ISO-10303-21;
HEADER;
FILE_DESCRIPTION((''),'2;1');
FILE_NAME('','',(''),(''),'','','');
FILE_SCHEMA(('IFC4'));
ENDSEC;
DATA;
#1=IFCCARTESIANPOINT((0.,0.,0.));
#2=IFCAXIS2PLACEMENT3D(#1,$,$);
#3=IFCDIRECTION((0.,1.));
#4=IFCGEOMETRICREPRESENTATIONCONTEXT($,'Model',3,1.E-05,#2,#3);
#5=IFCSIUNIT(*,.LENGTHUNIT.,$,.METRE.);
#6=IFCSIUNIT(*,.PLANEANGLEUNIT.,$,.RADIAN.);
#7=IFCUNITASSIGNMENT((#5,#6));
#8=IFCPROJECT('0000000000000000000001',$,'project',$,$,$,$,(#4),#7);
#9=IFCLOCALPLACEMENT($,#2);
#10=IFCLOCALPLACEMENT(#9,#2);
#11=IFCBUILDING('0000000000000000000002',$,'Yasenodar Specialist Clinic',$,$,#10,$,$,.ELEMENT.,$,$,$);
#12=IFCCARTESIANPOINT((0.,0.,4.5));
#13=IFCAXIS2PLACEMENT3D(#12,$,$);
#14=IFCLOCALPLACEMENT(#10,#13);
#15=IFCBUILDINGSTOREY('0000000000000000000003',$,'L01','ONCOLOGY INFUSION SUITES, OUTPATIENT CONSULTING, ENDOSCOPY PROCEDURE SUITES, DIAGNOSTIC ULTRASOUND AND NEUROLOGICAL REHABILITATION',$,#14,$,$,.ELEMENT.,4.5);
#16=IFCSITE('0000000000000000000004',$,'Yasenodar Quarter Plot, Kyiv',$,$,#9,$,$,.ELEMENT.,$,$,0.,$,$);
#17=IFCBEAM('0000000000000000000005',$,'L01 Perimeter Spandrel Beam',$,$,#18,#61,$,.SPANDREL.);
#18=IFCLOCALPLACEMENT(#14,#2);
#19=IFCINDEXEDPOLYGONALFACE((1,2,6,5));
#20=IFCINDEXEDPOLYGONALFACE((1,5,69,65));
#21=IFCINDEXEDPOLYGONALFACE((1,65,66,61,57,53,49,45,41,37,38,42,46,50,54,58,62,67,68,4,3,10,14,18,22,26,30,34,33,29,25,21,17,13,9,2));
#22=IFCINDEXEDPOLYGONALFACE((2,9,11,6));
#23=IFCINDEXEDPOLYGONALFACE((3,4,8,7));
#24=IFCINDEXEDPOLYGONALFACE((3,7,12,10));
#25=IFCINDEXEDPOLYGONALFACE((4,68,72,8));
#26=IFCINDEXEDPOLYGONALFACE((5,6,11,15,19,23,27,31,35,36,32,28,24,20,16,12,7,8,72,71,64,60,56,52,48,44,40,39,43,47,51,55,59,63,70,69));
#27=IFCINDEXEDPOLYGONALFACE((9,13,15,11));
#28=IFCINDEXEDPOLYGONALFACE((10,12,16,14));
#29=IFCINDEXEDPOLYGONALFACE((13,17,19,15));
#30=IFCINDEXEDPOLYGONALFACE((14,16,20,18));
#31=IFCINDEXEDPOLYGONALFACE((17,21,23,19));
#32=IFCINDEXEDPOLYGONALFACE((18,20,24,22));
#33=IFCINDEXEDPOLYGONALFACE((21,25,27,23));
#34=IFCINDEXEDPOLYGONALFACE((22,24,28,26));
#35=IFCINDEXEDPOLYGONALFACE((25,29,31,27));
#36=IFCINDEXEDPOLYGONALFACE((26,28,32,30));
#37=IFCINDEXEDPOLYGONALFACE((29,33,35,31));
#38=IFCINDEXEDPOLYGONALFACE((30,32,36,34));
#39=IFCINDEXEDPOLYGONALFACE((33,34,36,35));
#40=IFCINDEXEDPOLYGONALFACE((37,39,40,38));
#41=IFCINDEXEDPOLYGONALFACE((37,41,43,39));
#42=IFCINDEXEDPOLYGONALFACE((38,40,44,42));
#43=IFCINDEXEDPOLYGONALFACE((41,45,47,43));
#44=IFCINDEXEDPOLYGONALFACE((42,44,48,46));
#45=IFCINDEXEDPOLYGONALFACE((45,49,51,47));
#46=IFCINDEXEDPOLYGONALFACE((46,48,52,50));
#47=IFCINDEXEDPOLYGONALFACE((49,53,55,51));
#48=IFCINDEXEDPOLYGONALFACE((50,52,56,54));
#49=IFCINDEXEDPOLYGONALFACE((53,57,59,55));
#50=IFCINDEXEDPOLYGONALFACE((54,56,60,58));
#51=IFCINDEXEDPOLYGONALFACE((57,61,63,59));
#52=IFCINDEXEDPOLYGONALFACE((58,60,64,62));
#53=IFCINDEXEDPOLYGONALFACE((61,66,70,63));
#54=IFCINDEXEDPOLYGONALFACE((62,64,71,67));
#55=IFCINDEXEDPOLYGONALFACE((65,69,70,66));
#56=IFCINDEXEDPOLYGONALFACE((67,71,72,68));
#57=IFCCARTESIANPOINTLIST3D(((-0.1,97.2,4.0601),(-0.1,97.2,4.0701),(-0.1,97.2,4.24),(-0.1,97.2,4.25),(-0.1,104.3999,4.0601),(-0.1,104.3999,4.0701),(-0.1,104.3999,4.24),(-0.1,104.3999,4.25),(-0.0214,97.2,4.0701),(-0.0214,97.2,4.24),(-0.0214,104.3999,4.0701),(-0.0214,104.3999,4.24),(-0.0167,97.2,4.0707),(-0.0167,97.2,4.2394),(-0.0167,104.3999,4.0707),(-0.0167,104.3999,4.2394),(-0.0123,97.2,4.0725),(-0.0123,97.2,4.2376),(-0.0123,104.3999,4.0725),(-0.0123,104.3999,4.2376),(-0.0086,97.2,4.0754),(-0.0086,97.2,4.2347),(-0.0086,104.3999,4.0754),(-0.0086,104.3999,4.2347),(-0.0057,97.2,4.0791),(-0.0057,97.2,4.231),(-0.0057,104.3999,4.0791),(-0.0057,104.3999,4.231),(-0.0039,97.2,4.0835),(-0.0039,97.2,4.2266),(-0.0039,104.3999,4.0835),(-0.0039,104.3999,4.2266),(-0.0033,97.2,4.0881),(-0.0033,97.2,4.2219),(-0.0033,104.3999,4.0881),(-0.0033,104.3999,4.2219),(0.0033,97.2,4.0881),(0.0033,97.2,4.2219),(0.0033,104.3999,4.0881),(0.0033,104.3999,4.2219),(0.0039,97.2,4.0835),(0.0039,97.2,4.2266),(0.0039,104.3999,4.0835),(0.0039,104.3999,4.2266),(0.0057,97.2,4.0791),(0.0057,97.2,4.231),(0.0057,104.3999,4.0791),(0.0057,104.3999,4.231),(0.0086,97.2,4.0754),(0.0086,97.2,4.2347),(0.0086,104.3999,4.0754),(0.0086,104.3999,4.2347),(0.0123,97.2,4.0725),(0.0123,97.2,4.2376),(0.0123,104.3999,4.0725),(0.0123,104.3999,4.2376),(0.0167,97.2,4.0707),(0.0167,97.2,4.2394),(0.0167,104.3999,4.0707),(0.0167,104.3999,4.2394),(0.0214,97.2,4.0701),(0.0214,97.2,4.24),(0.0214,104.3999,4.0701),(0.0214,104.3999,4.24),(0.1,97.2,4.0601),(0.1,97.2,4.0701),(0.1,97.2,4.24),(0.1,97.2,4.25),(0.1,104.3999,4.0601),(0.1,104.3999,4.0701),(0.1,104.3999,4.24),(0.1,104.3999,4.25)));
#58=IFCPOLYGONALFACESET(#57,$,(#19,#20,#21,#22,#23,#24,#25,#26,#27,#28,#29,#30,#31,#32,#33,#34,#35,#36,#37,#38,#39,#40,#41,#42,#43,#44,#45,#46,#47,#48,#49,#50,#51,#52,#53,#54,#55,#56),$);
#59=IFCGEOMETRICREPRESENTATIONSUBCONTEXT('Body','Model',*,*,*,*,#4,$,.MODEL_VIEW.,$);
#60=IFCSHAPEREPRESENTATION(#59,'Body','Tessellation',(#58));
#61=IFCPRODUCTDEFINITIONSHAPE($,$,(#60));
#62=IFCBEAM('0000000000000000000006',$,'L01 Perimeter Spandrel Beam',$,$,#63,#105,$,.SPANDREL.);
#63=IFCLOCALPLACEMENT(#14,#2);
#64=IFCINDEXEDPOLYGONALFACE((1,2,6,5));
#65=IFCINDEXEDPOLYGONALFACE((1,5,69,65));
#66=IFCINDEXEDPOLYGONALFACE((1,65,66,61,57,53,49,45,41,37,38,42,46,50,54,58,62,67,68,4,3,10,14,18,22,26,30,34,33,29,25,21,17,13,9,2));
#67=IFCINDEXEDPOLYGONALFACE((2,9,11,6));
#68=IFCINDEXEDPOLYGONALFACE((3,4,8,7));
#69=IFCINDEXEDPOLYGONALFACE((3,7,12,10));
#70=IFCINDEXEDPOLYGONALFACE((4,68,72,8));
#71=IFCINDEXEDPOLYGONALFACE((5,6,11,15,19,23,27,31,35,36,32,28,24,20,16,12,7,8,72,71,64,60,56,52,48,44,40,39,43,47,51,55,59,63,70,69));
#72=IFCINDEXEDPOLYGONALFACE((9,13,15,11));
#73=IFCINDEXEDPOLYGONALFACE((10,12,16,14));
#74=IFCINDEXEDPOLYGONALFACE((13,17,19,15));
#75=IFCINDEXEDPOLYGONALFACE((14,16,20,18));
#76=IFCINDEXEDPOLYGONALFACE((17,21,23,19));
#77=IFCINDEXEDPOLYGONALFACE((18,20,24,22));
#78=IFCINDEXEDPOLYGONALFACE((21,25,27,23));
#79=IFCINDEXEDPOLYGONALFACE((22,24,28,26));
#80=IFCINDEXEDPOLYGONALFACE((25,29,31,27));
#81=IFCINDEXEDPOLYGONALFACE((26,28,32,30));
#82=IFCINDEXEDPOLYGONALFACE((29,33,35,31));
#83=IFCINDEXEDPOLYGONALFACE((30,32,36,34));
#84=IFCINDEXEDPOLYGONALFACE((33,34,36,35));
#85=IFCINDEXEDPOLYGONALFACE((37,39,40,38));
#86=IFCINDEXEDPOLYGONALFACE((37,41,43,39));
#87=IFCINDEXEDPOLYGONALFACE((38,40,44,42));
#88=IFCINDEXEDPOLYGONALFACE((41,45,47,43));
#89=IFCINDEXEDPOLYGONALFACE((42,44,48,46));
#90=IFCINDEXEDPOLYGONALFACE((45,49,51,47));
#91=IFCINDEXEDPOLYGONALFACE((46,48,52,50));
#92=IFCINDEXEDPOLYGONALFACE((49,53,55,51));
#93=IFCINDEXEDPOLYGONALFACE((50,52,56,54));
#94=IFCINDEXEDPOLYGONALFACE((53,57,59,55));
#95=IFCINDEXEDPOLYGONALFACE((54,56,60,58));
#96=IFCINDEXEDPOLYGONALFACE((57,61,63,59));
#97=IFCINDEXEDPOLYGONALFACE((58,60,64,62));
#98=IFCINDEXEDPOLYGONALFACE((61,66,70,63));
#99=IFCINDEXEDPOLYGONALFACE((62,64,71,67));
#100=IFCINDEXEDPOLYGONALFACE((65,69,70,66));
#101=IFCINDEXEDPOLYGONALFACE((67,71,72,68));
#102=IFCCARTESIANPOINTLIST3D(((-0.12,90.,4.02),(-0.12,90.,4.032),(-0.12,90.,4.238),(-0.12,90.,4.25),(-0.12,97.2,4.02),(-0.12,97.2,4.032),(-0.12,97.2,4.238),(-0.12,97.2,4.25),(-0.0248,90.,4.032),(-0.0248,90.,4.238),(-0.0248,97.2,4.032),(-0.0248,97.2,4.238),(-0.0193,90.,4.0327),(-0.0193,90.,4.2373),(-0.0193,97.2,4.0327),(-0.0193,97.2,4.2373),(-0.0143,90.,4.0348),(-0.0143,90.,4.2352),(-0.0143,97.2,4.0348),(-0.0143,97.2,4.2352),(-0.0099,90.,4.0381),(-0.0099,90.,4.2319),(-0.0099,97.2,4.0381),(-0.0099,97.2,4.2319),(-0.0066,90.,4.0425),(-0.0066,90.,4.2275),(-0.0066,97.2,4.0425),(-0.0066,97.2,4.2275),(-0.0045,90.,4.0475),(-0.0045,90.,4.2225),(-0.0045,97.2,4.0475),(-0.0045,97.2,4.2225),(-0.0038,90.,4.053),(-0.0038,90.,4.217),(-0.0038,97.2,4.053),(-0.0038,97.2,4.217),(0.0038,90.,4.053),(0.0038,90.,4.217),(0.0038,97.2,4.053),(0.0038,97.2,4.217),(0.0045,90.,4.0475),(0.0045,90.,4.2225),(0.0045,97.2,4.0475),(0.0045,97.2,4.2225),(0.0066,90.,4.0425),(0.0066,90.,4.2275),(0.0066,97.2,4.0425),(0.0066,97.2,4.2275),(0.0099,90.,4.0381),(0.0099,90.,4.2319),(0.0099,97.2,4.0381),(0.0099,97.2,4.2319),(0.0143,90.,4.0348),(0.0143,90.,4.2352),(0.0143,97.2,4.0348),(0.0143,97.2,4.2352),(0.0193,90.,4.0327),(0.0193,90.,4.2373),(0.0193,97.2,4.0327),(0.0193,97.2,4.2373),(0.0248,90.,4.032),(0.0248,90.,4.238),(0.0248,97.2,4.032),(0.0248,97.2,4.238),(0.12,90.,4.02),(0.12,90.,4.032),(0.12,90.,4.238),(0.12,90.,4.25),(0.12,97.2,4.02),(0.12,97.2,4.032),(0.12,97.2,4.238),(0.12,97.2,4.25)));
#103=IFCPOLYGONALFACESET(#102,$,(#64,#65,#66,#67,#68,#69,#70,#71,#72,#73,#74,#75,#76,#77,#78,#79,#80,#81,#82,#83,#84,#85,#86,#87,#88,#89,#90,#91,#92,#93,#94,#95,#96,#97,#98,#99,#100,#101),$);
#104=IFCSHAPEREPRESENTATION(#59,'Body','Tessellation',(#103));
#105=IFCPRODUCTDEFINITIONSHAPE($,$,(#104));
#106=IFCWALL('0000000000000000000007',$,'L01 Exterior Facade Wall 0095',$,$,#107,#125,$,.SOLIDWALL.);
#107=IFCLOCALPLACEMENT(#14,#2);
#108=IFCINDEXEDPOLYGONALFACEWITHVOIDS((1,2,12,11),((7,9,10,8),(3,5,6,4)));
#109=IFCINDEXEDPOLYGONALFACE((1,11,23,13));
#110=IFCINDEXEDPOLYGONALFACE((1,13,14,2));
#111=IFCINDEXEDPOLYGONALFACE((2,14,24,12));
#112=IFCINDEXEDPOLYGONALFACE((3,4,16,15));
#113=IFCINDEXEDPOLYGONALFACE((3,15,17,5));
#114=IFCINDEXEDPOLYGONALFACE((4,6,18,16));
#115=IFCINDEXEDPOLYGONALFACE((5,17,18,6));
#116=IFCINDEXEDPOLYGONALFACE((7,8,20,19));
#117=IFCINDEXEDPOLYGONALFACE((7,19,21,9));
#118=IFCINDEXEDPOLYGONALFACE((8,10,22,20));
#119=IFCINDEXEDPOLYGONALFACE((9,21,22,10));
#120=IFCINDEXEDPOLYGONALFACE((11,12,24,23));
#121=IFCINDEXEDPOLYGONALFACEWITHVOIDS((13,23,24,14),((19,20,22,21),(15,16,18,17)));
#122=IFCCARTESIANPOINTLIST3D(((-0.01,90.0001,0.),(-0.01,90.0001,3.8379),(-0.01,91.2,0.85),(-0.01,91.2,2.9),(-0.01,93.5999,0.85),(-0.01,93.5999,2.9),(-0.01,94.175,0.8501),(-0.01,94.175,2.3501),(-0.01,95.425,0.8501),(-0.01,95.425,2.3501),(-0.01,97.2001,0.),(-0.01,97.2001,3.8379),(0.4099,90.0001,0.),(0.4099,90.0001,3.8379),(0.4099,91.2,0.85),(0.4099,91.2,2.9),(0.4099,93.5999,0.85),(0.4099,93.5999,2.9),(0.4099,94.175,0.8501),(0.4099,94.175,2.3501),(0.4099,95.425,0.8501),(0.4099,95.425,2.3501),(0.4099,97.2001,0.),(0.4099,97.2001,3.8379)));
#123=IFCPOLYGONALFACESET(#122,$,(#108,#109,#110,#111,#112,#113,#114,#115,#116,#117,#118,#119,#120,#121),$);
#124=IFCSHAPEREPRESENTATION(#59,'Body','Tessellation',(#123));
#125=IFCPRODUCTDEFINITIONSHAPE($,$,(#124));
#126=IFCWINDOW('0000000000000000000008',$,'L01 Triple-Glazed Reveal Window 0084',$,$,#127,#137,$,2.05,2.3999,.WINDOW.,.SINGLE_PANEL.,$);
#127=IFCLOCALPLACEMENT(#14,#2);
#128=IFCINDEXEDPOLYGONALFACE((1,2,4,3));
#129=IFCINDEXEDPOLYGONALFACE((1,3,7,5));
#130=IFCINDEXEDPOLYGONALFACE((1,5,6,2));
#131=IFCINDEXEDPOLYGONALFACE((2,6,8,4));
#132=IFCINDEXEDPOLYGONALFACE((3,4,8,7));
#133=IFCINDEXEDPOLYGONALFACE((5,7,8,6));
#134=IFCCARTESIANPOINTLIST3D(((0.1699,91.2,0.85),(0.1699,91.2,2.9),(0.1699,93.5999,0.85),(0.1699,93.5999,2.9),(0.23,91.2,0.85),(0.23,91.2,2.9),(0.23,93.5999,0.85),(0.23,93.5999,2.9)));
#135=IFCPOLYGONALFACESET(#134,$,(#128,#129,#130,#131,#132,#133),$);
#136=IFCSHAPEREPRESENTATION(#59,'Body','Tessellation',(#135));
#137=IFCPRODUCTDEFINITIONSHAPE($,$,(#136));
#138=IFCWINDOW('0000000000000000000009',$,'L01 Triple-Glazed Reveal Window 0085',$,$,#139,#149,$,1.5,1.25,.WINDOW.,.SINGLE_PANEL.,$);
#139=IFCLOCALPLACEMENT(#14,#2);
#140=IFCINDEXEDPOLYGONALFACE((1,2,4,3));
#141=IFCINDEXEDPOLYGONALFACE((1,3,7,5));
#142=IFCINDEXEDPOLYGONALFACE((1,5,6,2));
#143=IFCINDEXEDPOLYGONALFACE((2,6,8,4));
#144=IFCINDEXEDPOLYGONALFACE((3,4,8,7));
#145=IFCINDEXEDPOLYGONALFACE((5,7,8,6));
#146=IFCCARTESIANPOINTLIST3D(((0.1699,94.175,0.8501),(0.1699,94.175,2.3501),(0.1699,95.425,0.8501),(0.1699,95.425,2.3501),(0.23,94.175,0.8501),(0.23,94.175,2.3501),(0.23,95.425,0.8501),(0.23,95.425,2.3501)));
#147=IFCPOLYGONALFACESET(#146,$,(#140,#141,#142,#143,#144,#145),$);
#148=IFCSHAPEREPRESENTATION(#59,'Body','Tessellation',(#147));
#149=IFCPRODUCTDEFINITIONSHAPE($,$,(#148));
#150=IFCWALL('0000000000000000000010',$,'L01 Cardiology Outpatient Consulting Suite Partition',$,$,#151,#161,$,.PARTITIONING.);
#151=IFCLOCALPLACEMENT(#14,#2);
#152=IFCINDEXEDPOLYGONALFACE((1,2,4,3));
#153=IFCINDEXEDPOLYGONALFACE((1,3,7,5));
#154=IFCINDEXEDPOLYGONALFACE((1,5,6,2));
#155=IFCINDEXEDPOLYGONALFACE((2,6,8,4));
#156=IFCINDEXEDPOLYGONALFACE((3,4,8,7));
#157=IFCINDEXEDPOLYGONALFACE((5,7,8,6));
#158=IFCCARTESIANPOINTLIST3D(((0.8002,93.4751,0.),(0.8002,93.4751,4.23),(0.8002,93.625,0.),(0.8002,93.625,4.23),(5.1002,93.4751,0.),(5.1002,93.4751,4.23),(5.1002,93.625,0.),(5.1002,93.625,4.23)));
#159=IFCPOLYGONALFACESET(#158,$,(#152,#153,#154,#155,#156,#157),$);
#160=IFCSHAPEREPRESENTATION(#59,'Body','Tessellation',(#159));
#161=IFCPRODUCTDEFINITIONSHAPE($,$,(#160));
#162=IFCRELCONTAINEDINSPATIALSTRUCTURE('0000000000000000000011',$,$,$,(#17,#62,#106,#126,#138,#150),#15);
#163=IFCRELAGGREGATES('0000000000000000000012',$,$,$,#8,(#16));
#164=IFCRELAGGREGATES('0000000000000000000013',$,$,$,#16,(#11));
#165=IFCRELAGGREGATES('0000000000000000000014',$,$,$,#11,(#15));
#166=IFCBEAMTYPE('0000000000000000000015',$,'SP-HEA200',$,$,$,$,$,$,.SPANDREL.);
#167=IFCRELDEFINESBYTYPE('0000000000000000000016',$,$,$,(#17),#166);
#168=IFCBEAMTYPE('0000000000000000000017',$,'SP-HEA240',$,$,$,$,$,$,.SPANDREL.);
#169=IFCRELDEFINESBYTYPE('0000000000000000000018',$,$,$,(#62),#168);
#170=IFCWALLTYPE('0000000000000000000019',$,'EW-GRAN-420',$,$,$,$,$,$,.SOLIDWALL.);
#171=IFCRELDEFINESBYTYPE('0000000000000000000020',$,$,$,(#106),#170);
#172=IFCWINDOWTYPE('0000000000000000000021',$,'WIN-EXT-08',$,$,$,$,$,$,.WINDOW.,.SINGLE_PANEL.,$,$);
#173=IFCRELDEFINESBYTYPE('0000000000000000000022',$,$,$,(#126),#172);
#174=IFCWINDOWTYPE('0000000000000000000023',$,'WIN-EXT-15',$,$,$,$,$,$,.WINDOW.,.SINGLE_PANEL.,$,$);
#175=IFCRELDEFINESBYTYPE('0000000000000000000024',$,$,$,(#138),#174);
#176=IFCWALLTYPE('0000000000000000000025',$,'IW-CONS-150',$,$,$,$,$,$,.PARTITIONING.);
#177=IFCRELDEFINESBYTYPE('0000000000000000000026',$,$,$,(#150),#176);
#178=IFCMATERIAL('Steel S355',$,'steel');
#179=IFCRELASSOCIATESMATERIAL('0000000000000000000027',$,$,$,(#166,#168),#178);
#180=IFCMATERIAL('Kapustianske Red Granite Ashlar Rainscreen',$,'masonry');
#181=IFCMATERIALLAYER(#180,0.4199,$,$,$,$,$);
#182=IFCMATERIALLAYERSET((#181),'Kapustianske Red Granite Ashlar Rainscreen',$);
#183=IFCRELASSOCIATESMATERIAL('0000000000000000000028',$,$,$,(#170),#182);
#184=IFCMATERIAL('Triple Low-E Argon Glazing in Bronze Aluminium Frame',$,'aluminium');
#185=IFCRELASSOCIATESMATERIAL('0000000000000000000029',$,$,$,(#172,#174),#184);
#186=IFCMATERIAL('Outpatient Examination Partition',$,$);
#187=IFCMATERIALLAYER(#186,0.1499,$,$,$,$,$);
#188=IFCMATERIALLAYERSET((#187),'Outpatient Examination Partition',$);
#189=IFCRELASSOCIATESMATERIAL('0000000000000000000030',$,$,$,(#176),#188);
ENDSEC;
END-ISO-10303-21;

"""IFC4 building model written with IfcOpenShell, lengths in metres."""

from ifc_helpers import new_model, si_unit, direction, frame, frame_2d, origin, origin_2d, place, context, subcontext, project, spatial, rectangle, i_section, extrude, material, layer, layer_set, material_profile, profile_set, type_object, element, fill, save


model = new_model("IFC4")

# Units and contexts
model_context = context("Model", 3, precision=1e-05, world=origin(), true_north=direction((0.0, 1.0)))
body_context = subcontext(model_context, "Body", "Model", "MODEL_VIEW")
ifc_project = project(units=[si_unit("LENGTHUNIT", "METRE"), si_unit("PLANEANGLEUNIT", "RADIAN")], contexts=[model_context])

# Site, building, storey
site_placement = place(None, origin())
site = spatial("IfcSite", under=ifc_project, at=site_placement, Name="Yasenodar Quarter Plot, Kyiv", CompositionType="ELEMENT", RefElevation=0.0)
building_placement = place(site_placement, origin())
building = spatial("IfcBuilding", under=site, at=building_placement, Name="Yasenodar Specialist Clinic", CompositionType="ELEMENT")
storey_placement = place(building_placement, frame((0.0, 0.0, 4.5)))
storey = spatial("IfcBuildingStorey", under=building, at=storey_placement, Name="L01", Description="ONCOLOGY INFUSION SUITES, OUTPATIENT CONSULTING, ENDOSCOPY PROCEDURE SUITES, DIAGNOSTIC ULTRASOUND AND NEUROLOGICAL REHABILITATION", CompositionType="ELEMENT", Elevation=4.5)

# Shared definitions
ifc_material_1 = material(Name="Steel S355", Category="steel")

# Beams
ifc_material_profile_1 = material_profile(ifc_material_1, i_section(OverallWidth=0.2, OverallDepth=0.1899, WebThickness=0.0066, FlangeThickness=0.01, FilletRadius=0.0181, at=origin_2d()), Name="HEA 200")
ifc_profile_set_1 = profile_set([ifc_material_profile_1], Name="Steel S355")
beam_type_1 = type_object("IfcBeamType", Name="SP-HEA200", PredefinedType="SPANDREL", material=ifc_profile_set_1)
beam_1_placement = place(storey_placement, frame((0.0, 97.2, 4.155), z_axis=(0.0, 1.0, 0.0), x_axis=(-1.0, 0.0, 0.0)))
element("IfcBeam", 1, at=beam_1_placement, inside=storey, type_object=beam_type_1, Name="L01 Perimeter Spandrel Beam", PredefinedType="SPANDREL", context=body_context, shape_type="SweptSolid", body=[
    extrude(i_section(OverallWidth=0.2, OverallDepth=0.1899, WebThickness=0.0066, FlangeThickness=0.01, FilletRadius=0.0181, at=origin_2d()), origin(), (0.0, 0.0, 1.0), 7.2),
])
ifc_material_profile_2 = material_profile(ifc_material_1, i_section(OverallWidth=0.24, OverallDepth=0.23, WebThickness=0.0076, FlangeThickness=0.012, FilletRadius=0.021, at=origin_2d()), Name="HEA 240")
ifc_profile_set_2 = profile_set([ifc_material_profile_2], Name="Steel S355")
beam_type_2 = type_object("IfcBeamType", Name="SP-HEA240", PredefinedType="SPANDREL", material=ifc_profile_set_2)
beam_2_placement = place(storey_placement, frame((0.0, 90.0, 4.135), z_axis=(0.0, 1.0, 0.0), x_axis=(-1.0, 0.0, 0.0)))
element("IfcBeam", 2, at=beam_2_placement, inside=storey, type_object=beam_type_2, Name="L01 Perimeter Spandrel Beam", PredefinedType="SPANDREL", context=body_context, shape_type="SweptSolid", body=[
    extrude(i_section(OverallWidth=0.24, OverallDepth=0.23, WebThickness=0.0076, FlangeThickness=0.012, FilletRadius=0.021, at=origin_2d()), origin(), (0.0, 0.0, 1.0), 7.2),
])

# Wall, openings, windows
ifc_material_2 = material(Name="Kapustianske Red Granite Ashlar Rainscreen", Category="masonry")
ifc_layer_1 = layer(ifc_material_2, 0.4199)
ifc_layer_set_1 = layer_set([ifc_layer_1], Name="Kapustianske Red Granite Ashlar Rainscreen")
wall_type_1 = type_object("IfcWallType", Name="EW-GRAN-420", PredefinedType="SOLIDWALL", material=ifc_layer_set_1)
wall_1_placement = place(storey_placement, frame((0.2, 90.0, 0.0), z_axis=(0.0, 0.0, 1.0), x_axis=(0.0, 1.0, 0.0)))
wall_1 = element("IfcWall", 3, at=wall_1_placement, inside=storey, type_object=wall_type_1, Name="L01 Exterior Facade Wall 0095", PredefinedType="SOLIDWALL", context=body_context, shape_type="SweptSolid", body=[
    extrude(rectangle(XDim=7.2, YDim=0.4199, at=frame_2d((3.6001, 0.0))), origin(), (0.0, 0.0, 1.0), 3.8379),
])
opening_1_placement = place(wall_1_placement, frame((1.2, 0.0, 0.8501)))
opening_1 = element("IfcOpeningElement", 4, at=opening_1_placement, cuts=wall_1, PredefinedType="OPENING", context=body_context, shape_type="SweptSolid", body=[
    extrude(rectangle(XDim=2.3999, YDim=2.05, at=frame_2d((1.2, 1.0249))), frame((0.0, 0.22, 0.0), z_axis=(0.0, -1.0, 0.0), x_axis=(1.0, 0.0, 0.0)), (0.0, 0.0, 1.0), 0.4399),
])
opening_2_placement = place(wall_1_placement, frame((4.175, 0.0, 0.8501)))
opening_2 = element("IfcOpeningElement", 5, at=opening_2_placement, cuts=wall_1, PredefinedType="OPENING", context=body_context, shape_type="SweptSolid", body=[
    extrude(rectangle(XDim=1.25, YDim=1.5, at=frame_2d((0.625, 0.75))), frame((0.0, 0.22, 0.0), z_axis=(0.0, -1.0, 0.0), x_axis=(1.0, 0.0, 0.0)), (0.0, 0.0, 1.0), 0.4399),
])
ifc_material_3 = material(Name="Triple Low-E Argon Glazing in Bronze Aluminium Frame", Category="aluminium")
window_type_1 = type_object("IfcWindowType", Name="WIN-EXT-08", PartitioningType="SINGLE_PANEL", PredefinedType="WINDOW", material=ifc_material_3)
window_1_placement = place(opening_1_placement, origin())
window_1 = element("IfcWindow", 6, at=window_1_placement, inside=storey, type_object=window_type_1, Name="L01 Triple-Glazed Reveal Window 0084", OverallHeight=2.05, OverallWidth=2.3999, PartitioningType="SINGLE_PANEL", PredefinedType="WINDOW", context=body_context, shape_type="SweptSolid", body=[
    extrude(rectangle(XDim=2.3999, YDim=2.05, at=frame_2d((1.2, 1.0249))), frame((0.0, 0.03, 0.0), z_axis=(0.0, -1.0, 0.0), x_axis=(1.0, 0.0, 0.0)), (0.0, 0.0, 1.0), 0.0601),
])
fill(opening_1, window_1)
window_type_2 = type_object("IfcWindowType", Name="WIN-EXT-15", PartitioningType="SINGLE_PANEL", PredefinedType="WINDOW", material=ifc_material_3)
window_2_placement = place(opening_2_placement, origin())
window_2 = element("IfcWindow", 7, at=window_2_placement, inside=storey, type_object=window_type_2, Name="L01 Triple-Glazed Reveal Window 0085", OverallHeight=1.5, OverallWidth=1.25, PartitioningType="SINGLE_PANEL", PredefinedType="WINDOW", context=body_context, shape_type="SweptSolid", body=[
    extrude(rectangle(XDim=1.25, YDim=1.5, at=frame_2d((0.625, 0.75))), frame((0.0, 0.03, 0.0), z_axis=(0.0, -1.0, 0.0), x_axis=(1.0, 0.0, 0.0)), (0.0, 0.0, 1.0), 0.0601),
])
fill(opening_2, window_2)

# Wall
ifc_material_4 = material(Name="Outpatient Examination Partition")
ifc_layer_2 = layer(ifc_material_4, 0.1499)
ifc_layer_set_2 = layer_set([ifc_layer_2], Name="Outpatient Examination Partition")
wall_type_2 = type_object("IfcWallType", Name="IW-CONS-150", PredefinedType="PARTITIONING", material=ifc_layer_set_2)
wall_2_placement = place(storey_placement, frame((5.1001, 93.55, 0.0), z_axis=(0.0, 0.0, 1.0), x_axis=(-1.0, 0.0, 0.0)))
element("IfcWall", 8, at=wall_2_placement, inside=storey, type_object=wall_type_2, Name="L01 Cardiology Outpatient Consulting Suite Partition", PredefinedType="PARTITIONING", context=body_context, shape_type="SweptSolid", body=[
    extrude(rectangle(XDim=4.3, YDim=0.1499, at=frame_2d((2.1499, 0.0))), origin(), (0.0, 0.0, 1.0), 4.23),
])

save(model, "model.ifc")
